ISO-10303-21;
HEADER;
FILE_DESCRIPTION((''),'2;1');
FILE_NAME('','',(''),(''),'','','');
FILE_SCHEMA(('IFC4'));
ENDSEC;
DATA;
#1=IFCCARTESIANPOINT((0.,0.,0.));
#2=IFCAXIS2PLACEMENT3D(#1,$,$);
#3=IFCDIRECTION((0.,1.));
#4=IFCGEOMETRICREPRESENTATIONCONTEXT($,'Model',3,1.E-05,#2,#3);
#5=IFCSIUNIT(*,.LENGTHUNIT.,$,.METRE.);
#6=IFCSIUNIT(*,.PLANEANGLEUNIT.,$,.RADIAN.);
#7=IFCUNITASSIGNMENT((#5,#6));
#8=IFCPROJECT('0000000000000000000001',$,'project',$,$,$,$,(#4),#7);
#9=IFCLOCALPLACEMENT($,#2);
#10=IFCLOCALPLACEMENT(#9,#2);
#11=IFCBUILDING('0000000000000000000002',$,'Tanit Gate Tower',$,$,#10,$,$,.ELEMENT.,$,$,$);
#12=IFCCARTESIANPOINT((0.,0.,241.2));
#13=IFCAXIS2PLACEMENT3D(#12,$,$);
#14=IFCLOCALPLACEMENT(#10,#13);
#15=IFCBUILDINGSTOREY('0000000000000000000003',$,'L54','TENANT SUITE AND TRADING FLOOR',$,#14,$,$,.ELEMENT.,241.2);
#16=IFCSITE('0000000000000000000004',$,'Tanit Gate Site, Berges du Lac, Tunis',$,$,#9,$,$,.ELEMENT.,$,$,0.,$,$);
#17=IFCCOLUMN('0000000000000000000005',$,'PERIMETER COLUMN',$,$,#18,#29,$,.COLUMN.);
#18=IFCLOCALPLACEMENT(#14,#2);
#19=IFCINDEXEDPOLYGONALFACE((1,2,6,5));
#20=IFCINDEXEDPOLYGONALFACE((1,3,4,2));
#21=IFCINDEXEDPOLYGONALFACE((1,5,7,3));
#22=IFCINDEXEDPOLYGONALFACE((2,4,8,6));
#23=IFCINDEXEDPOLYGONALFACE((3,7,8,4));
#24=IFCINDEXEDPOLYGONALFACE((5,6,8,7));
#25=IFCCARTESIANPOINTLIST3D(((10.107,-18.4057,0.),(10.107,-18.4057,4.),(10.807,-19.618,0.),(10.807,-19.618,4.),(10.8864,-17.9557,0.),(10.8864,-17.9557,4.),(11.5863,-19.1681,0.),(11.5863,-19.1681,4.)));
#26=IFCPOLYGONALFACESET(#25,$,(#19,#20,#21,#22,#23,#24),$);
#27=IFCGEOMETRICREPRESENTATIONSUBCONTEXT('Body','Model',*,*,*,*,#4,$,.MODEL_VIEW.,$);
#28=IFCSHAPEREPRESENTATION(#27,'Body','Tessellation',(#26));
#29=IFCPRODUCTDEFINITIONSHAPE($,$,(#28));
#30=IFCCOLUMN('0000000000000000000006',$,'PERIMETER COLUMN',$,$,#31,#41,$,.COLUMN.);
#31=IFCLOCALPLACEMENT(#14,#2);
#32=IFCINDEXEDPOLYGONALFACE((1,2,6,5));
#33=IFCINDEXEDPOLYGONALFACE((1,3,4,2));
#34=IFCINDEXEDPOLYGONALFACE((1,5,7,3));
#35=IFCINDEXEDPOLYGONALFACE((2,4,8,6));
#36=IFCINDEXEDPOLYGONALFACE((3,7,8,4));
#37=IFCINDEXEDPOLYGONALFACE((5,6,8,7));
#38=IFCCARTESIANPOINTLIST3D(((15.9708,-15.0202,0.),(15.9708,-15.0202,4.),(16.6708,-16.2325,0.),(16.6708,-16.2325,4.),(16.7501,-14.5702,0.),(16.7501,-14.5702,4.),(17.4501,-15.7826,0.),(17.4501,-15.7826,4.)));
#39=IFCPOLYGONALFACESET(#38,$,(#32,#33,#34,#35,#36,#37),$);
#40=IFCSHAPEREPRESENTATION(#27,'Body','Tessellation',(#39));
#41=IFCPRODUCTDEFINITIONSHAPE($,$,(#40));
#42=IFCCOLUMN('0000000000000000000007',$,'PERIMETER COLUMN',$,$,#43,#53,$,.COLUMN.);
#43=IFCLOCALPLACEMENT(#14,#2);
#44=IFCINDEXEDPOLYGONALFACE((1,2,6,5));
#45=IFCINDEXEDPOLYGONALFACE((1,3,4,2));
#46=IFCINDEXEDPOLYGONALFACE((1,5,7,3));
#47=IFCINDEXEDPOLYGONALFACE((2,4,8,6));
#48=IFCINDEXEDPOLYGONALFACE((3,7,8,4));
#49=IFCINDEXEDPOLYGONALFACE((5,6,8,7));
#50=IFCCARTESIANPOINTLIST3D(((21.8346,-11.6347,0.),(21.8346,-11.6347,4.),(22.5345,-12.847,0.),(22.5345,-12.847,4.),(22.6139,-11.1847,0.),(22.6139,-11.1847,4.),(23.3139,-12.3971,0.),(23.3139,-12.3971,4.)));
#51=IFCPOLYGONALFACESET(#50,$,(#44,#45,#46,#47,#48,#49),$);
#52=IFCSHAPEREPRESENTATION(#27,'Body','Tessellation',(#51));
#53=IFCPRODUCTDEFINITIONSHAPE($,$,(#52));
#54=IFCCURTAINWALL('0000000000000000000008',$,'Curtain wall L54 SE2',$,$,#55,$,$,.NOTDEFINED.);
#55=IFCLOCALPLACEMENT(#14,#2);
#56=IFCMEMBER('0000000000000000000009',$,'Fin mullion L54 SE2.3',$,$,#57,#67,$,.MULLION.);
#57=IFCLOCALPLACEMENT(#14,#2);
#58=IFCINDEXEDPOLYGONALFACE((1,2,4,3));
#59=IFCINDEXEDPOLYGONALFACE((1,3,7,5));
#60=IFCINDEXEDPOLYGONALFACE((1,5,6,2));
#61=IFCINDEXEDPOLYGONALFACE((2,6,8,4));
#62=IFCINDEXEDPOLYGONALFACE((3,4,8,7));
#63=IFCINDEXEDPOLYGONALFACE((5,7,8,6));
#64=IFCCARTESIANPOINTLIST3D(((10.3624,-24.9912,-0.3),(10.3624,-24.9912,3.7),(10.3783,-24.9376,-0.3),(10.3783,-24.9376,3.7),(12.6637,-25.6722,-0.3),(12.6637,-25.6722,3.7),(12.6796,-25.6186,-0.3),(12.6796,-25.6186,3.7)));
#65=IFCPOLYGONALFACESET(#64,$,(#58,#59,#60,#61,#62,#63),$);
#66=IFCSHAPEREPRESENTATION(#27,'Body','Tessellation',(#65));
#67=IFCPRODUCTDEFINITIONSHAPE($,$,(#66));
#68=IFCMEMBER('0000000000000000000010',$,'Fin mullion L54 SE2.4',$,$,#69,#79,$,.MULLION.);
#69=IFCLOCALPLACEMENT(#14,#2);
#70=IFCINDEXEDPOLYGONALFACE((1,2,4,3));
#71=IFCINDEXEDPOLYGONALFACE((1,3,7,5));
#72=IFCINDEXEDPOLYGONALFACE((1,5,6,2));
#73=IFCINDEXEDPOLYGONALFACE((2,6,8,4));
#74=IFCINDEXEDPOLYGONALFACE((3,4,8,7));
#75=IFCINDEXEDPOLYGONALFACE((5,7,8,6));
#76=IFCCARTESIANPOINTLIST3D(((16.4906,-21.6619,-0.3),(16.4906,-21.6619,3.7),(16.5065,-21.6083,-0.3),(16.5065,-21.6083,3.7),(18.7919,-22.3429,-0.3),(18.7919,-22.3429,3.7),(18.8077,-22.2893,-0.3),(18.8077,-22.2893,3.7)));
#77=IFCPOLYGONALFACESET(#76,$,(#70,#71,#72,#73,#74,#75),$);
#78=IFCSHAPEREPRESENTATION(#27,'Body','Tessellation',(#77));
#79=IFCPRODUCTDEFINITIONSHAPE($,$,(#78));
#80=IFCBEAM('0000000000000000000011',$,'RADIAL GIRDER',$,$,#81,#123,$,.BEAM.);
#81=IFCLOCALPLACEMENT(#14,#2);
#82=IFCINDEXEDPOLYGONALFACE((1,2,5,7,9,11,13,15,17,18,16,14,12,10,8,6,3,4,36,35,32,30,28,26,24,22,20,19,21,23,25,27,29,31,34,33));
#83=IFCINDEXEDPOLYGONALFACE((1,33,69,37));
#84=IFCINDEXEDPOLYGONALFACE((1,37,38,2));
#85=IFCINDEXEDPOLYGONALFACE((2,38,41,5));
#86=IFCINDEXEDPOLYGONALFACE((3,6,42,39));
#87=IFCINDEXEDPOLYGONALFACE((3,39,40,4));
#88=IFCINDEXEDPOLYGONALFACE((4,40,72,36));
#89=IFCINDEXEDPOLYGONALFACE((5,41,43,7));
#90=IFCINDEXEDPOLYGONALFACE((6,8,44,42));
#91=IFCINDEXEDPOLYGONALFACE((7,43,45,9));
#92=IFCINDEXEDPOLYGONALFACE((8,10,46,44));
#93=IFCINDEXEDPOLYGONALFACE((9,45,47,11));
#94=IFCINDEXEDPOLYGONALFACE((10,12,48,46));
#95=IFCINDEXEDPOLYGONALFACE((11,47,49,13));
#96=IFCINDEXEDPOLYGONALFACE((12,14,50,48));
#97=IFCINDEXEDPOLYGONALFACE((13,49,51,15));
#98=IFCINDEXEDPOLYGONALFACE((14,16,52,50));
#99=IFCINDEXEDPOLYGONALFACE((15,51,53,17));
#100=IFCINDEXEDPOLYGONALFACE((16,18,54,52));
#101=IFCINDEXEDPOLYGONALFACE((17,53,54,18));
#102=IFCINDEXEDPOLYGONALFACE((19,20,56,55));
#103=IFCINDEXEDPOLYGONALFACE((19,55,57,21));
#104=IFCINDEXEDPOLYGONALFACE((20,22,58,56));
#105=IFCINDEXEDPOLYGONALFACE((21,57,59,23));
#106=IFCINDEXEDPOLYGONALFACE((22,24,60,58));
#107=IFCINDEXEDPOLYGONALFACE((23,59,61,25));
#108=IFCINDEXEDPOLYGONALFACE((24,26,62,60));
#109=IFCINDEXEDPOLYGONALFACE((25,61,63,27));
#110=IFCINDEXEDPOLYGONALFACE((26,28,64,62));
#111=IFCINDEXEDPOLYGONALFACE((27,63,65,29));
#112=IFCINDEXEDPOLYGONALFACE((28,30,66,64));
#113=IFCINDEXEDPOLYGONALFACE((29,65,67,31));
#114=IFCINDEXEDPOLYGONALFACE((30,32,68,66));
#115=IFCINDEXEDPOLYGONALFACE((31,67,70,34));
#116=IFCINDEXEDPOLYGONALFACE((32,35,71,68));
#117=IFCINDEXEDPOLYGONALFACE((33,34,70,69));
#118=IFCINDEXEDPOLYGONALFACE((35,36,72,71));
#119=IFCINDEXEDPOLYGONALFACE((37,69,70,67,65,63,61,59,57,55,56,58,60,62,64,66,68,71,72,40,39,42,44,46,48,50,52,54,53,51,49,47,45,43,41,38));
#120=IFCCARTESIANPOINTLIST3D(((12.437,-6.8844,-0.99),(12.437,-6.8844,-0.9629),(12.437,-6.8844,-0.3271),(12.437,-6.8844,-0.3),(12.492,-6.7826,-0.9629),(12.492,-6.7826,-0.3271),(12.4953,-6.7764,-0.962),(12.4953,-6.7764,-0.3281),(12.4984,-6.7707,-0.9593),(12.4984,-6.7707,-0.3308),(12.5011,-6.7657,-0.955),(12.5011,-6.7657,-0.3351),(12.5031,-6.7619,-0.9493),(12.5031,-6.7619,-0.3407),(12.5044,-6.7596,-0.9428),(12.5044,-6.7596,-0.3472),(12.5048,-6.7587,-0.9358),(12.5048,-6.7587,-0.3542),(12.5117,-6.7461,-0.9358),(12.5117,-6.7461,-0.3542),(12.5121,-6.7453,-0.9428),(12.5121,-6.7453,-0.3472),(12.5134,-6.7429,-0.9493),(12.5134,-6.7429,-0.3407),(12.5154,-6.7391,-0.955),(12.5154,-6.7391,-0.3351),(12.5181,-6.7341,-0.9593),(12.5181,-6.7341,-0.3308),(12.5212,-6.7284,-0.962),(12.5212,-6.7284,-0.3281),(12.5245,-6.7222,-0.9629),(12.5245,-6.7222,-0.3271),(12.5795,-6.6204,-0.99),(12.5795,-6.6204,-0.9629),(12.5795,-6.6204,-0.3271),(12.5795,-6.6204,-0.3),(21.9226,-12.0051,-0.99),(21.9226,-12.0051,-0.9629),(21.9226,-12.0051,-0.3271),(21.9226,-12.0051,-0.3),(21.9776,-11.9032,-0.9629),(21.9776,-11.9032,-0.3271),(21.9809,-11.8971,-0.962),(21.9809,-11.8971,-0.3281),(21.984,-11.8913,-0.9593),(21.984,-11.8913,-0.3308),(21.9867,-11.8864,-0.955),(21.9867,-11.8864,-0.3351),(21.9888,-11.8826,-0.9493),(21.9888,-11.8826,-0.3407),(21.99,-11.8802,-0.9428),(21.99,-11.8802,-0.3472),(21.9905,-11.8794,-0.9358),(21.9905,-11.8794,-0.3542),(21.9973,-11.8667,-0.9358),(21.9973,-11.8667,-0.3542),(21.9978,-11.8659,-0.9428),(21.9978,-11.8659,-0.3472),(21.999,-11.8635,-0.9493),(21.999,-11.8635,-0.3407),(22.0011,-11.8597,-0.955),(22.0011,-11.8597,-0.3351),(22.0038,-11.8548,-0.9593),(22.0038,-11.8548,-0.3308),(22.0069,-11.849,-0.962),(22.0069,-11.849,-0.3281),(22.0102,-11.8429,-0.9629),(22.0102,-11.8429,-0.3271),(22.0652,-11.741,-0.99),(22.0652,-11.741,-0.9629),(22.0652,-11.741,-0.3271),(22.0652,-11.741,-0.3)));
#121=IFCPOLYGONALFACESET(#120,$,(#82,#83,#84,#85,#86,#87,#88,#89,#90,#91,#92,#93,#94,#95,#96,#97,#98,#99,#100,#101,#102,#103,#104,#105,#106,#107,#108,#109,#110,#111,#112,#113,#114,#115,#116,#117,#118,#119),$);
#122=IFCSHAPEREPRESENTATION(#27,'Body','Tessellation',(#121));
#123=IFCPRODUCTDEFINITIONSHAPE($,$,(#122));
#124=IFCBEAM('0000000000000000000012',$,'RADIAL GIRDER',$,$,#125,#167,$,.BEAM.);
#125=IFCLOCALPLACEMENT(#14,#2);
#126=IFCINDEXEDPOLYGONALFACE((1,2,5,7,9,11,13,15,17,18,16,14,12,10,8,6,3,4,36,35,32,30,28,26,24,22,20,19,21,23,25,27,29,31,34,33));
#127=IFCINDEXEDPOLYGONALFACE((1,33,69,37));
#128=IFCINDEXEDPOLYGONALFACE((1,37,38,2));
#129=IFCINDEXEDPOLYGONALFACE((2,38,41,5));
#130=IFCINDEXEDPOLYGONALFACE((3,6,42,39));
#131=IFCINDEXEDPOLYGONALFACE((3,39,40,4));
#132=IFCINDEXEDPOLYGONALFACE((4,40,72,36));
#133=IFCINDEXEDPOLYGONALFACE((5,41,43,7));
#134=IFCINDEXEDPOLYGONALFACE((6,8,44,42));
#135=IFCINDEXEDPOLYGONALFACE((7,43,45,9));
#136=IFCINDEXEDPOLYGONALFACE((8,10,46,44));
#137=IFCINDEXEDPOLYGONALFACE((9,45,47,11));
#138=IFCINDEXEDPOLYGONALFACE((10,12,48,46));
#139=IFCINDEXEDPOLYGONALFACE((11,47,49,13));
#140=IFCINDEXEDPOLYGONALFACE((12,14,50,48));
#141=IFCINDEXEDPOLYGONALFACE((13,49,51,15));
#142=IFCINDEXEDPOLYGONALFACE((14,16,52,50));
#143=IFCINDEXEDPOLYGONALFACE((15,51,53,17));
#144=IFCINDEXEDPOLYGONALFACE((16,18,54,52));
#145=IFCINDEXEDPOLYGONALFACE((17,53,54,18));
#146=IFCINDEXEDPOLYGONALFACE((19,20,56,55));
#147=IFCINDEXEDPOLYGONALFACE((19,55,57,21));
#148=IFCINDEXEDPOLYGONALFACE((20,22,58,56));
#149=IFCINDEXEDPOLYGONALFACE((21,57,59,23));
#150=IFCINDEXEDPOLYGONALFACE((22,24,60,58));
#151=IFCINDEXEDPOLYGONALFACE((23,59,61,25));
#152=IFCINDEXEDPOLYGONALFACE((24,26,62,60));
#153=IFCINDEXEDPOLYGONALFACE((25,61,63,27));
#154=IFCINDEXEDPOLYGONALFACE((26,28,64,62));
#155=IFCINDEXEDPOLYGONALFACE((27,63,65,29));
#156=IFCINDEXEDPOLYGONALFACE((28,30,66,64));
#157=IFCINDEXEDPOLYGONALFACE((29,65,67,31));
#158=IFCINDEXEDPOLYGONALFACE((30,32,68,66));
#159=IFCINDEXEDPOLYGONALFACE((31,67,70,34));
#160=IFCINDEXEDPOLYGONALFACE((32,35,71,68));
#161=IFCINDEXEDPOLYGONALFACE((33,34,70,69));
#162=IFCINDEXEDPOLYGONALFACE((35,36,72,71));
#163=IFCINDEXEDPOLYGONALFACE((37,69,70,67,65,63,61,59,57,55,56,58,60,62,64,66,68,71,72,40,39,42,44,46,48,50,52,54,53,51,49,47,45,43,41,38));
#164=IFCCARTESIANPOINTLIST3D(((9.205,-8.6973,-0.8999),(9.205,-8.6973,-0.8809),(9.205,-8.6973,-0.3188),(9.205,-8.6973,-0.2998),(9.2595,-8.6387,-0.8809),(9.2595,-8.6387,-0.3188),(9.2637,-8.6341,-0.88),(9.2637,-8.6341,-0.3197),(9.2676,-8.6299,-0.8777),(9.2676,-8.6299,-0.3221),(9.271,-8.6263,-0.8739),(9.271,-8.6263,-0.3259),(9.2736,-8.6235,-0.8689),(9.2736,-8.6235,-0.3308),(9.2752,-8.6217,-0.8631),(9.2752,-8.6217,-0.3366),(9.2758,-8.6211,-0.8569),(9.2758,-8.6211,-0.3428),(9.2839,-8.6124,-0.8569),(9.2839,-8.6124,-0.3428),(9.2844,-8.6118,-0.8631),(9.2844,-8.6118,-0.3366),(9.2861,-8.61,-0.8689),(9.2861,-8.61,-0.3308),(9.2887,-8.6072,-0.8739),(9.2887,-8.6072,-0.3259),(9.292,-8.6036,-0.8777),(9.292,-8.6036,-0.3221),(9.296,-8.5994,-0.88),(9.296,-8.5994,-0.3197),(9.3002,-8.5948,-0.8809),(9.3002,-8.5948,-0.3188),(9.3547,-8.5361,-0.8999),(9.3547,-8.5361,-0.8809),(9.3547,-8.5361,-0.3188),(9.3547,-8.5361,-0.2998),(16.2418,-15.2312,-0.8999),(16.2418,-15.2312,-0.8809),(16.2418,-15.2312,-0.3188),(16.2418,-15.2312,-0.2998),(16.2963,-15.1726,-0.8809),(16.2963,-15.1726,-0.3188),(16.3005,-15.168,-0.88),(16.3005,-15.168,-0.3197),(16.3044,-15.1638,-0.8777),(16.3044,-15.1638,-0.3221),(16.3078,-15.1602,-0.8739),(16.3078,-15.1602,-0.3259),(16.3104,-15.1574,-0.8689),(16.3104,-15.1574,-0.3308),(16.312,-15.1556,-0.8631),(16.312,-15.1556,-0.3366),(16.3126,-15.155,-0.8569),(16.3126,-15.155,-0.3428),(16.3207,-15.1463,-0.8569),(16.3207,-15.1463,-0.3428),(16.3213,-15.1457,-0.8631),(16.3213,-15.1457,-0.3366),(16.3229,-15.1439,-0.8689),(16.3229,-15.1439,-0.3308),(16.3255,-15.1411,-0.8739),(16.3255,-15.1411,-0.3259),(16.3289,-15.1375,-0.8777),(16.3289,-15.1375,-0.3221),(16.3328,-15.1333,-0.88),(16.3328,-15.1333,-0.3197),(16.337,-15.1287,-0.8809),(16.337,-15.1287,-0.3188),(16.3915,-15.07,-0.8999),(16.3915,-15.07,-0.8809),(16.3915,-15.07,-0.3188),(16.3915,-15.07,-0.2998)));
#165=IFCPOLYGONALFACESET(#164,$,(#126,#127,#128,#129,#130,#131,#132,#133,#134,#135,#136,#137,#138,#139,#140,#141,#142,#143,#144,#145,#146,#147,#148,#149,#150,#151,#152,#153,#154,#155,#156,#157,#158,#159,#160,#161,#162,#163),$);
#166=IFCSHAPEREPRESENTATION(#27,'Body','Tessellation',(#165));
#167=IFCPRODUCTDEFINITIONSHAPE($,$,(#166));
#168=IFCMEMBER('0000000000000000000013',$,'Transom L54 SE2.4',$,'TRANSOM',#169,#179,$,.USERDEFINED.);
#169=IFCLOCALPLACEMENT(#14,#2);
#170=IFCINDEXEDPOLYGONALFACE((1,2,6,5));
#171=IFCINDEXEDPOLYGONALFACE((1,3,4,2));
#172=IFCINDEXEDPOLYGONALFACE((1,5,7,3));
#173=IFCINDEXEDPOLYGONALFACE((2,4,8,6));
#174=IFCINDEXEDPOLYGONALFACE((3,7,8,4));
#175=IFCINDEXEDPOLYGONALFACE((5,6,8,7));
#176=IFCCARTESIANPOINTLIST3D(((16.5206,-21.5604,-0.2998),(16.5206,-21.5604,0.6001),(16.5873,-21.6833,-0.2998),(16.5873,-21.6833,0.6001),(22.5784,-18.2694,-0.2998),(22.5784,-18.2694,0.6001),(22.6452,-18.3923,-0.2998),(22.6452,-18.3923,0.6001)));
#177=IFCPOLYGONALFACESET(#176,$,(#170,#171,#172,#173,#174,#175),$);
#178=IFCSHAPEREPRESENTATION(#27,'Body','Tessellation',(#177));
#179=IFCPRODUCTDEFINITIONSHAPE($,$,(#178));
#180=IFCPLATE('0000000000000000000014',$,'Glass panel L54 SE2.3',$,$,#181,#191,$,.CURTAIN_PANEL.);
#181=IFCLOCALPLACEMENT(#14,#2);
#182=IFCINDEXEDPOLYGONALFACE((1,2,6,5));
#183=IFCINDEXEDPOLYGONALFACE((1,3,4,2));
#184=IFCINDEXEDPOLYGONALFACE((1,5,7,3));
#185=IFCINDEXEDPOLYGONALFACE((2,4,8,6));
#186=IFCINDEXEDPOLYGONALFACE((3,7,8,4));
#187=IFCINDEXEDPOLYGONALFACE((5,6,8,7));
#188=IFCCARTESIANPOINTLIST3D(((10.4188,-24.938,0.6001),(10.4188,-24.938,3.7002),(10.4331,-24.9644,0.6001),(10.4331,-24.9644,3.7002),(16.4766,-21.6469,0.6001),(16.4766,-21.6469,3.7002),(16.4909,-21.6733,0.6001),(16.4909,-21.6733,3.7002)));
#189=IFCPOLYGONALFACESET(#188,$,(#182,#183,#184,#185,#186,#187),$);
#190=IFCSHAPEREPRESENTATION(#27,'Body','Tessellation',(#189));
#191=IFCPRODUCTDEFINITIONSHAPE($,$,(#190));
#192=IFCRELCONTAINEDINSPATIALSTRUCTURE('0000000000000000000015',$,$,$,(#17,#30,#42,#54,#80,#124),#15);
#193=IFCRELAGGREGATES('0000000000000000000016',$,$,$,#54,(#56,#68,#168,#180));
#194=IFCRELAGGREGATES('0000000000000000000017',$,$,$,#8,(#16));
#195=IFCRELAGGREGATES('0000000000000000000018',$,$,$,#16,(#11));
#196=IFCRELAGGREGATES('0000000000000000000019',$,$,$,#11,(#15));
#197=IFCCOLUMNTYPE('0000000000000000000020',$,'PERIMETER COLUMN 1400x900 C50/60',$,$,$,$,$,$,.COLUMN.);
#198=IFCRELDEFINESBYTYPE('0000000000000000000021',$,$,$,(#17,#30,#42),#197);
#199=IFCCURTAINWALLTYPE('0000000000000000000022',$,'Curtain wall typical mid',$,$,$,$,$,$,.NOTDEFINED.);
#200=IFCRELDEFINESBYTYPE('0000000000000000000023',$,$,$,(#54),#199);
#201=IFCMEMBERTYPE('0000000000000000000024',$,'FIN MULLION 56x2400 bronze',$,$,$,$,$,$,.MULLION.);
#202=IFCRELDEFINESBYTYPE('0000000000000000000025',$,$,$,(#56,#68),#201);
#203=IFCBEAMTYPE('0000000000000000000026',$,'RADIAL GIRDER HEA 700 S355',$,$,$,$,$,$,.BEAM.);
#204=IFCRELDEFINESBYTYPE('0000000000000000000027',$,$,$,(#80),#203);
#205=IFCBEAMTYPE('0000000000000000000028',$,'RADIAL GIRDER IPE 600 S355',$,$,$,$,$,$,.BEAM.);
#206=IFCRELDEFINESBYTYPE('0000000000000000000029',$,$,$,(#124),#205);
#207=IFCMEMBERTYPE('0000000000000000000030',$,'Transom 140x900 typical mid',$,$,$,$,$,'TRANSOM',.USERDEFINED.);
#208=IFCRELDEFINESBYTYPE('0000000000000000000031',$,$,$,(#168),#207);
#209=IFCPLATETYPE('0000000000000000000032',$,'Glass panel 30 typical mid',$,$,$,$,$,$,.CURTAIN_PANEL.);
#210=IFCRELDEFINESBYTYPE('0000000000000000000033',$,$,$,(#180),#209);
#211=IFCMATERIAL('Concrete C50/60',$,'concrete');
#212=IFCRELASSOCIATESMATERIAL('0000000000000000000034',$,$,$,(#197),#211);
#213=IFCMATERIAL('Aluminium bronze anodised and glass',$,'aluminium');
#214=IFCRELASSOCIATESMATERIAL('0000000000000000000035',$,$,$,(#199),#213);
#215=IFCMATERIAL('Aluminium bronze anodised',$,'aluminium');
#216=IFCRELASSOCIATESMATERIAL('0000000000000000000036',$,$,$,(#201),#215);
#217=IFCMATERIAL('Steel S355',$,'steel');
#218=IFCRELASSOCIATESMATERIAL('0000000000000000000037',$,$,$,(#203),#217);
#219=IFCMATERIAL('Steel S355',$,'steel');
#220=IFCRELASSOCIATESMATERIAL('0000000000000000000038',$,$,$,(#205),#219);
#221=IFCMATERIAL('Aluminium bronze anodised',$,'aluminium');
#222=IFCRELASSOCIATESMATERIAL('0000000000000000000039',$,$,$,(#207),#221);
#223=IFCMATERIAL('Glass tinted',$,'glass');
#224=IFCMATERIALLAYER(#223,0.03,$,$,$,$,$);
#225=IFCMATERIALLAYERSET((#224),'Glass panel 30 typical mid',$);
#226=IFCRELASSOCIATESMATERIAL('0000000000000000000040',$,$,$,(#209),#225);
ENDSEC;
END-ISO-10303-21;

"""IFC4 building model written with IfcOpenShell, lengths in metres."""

from ifc_helpers import new_model, si_unit, direction, frame, origin, origin_2d, place, context, subcontext, project, spatial, rectangle, i_section, extrude, material, layer, layer_set, material_profile, profile_set, type_object, element, aggregate, save


model = new_model("IFC4")

# Units and contexts
model_context = context("Model", 3, precision=1e-05, world=origin(), true_north=direction((0.0, 1.0)))
body_context = subcontext(model_context, "Body", "Model", "MODEL_VIEW")
ifc_project = project(units=[si_unit("LENGTHUNIT", "METRE"), si_unit("PLANEANGLEUNIT", "RADIAN")], contexts=[model_context])

# Site, building, storey
site_placement = place(None, origin())
site = spatial("IfcSite", under=ifc_project, at=site_placement, Name="Tanit Gate Site, Berges du Lac, Tunis", CompositionType="ELEMENT", RefElevation=0.0)
building_placement = place(site_placement, origin())
building = spatial("IfcBuilding", under=site, at=building_placement, Name="Tanit Gate Tower", CompositionType="ELEMENT")
storey_placement = place(building_placement, frame((0.0, 0.0, 241.2)))
storey = spatial("IfcBuildingStorey", under=building, at=storey_placement, Name="L54", Description="TENANT SUITE AND TRADING FLOOR", CompositionType="ELEMENT", Elevation=241.2)

# Columns
ifc_material_1 = material(Name="Concrete C50/60", Category="concrete")
ifc_material_profile_1 = material_profile(ifc_material_1, rectangle(XDim=1.3999, YDim=0.8999, at=origin_2d()), Name="RC 1400x900")
ifc_profile_set_1 = profile_set([ifc_material_profile_1], Name="Concrete C50/60")
column_type = type_object("IfcColumnType", Name="PERIMETER COLUMN 1400x900 C50/60", PredefinedType="COLUMN", material=ifc_profile_set_1)
for number, where, z_axis, x_axis, name in (
    (1, (10.8467, -18.7869, 0.0), (0.0, 0.0, 1.0), (0.5, -0.866025, 0.0), "PERIMETER COLUMN"),
    (2, (16.7104, -15.4014, 0.0), (0.0, 0.0, 1.0), (0.5, -0.866025, 0.0), "PERIMETER COLUMN"),
    (3, (22.5742, -12.0159, 0.0), (0.0, 0.0, 1.0), (0.5, -0.866025, 0.0), "PERIMETER COLUMN"),
):
    element("IfcColumn", number, at=place(storey_placement, frame(where, z_axis=z_axis, x_axis=x_axis)), inside=storey, type_object=column_type, Name=name, PredefinedType="COLUMN", context=body_context, shape_type="SweptSolid", body=[
        extrude(rectangle(XDim=1.3999, YDim=0.8999, at=origin_2d()), origin(), (0.0, 0.0, 1.0), 4.0),
    ])

# Curtain wall, members
ifc_material_2 = material(Name="Aluminium bronze anodised and glass", Category="aluminium")
curtain_wall_type = type_object("IfcCurtainWallType", Name="Curtain wall typical mid", PredefinedType="NOTDEFINED", material=ifc_material_2)
curtain_wall_placement = place(storey_placement, origin())
curtain_wall = element("IfcCurtainWall", 4, at=curtain_wall_placement, inside=storey, type_object=curtain_wall_type, Name="Curtain wall L54 SE2", PredefinedType="NOTDEFINED")
ifc_material_3 = material(Name="Aluminium bronze anodised", Category="aluminium")
ifc_material_profile_2 = material_profile(ifc_material_3, rectangle(XDim=2.3999, YDim=0.0559, at=origin_2d()), Name="56x2400 bronze fin mullion")
ifc_profile_set_2 = profile_set([ifc_material_profile_2], Name="Aluminium bronze anodised")
member_type_1 = type_object("IfcMemberType", Name="FIN MULLION 56x2400 bronze", PredefinedType="MULLION", material=ifc_profile_set_2)
member_1_placement = place(storey_placement, frame((11.521, -25.3049, -0.3), z_axis=(0.0, 0.0, 1.0), x_axis=(-0.958892, 0.283773, 0.0)))
member_1 = element("IfcMember", 5, at=member_1_placement, type_object=member_type_1, Name="Fin mullion L54 SE2.3", PredefinedType="MULLION", context=body_context, shape_type="SweptSolid", body=[
    extrude(rectangle(XDim=2.3999, YDim=0.0559, at=origin_2d()), origin(), (0.0, 0.0, 1.0), 4.0),
])
member_2_placement = place(storey_placement, frame((17.6492, -21.9756, -0.3), z_axis=(0.0, 0.0, 1.0), x_axis=(-0.958892, 0.283773, 0.0)))
member_2 = element("IfcMember", 6, at=member_2_placement, type_object=member_type_1, Name="Fin mullion L54 SE2.4", PredefinedType="MULLION", context=body_context, shape_type="SweptSolid", body=[
    extrude(rectangle(XDim=2.3999, YDim=0.0559, at=origin_2d()), origin(), (0.0, 0.0, 1.0), 4.0),
])

# Beams
ifc_material_4 = material(Name="Steel S355", Category="steel")
ifc_material_profile_3 = material_profile(ifc_material_4, i_section(OverallWidth=0.3, OverallDepth=0.6899, WebThickness=0.0144, FlangeThickness=0.0271, FilletRadius=0.0271, at=origin_2d()), Name="HEA 700")
ifc_profile_set_3 = profile_set([ifc_material_profile_3], Name="Steel S355")
beam_type_1 = type_object("IfcBeamType", Name="RADIAL GIRDER HEA 700 S355", PredefinedType="BEAM", material=ifc_profile_set_3)
beam_1_placement = place(storey_placement, frame((21.9939, -11.873, -0.645), z_axis=(-0.879968, 0.475033, 0.0), x_axis=(-0.475033, -0.879968, 0.0)))
element("IfcBeam", 7, at=beam_1_placement, inside=storey, type_object=beam_type_1, Name="RADIAL GIRDER", PredefinedType="BEAM", context=body_context, shape_type="SweptSolid", body=[
    extrude(i_section(OverallWidth=0.3, OverallDepth=0.6899, WebThickness=0.0144, FlangeThickness=0.0271, FilletRadius=0.0271, at=origin_2d()), origin(), (0.0, 0.0, 1.0), 10.7795),
])
ifc_material_5 = material(Name="Steel S355", Category="steel")
ifc_material_profile_4 = material_profile(ifc_material_5, i_section(OverallWidth=0.22, OverallDepth=0.6001, WebThickness=0.012, FlangeThickness=0.019, FilletRadius=0.0239, at=origin_2d()), Name="IPE 600")
ifc_profile_set_4 = profile_set([ifc_material_profile_4], Name="Steel S355")
beam_type_2 = type_object("IfcBeamType", Name="RADIAL GIRDER IPE 600 S355", PredefinedType="BEAM", material=ifc_profile_set_4)
beam_2_placement = place(storey_placement, frame((16.3167, -15.1506, -0.5999), z_axis=(-0.732809, 0.680435, 0.0), x_axis=(-0.680435, -0.732809, 0.0)))
element("IfcBeam", 8, at=beam_2_placement, inside=storey, type_object=beam_type_2, Name="RADIAL GIRDER", PredefinedType="BEAM", context=body_context, shape_type="SweptSolid", body=[
    extrude(i_section(OverallWidth=0.22, OverallDepth=0.6001, WebThickness=0.012, FlangeThickness=0.019, FilletRadius=0.0239, at=origin_2d()), origin(), (0.0, 0.0, 1.0), 9.6025),
])

# Member
ifc_material_6 = material(Name="Aluminium bronze anodised", Category="aluminium")
ifc_material_profile_5 = material_profile(ifc_material_6, rectangle(XDim=0.1399, YDim=0.8999, at=origin_2d()), Name="140x900 bronze transom")
ifc_profile_set_5 = profile_set([ifc_material_profile_5], Name="Aluminium bronze anodised")
member_type_2 = type_object("IfcMemberType", Name="Transom 140x900 typical mid", ElementType="TRANSOM", PredefinedType="USERDEFINED", material=ifc_profile_set_5)
member_3_placement = place(storey_placement, frame((16.554, -21.6218, 0.1501), z_axis=(0.878704, 0.477368, 0.0), x_axis=(-0.477368, 0.878704, 0.0)))
member_3 = element("IfcMember", 9, at=member_3_placement, type_object=member_type_2, Name="Transom L54 SE2.4", ObjectType="TRANSOM", PredefinedType="USERDEFINED", context=body_context, shape_type="SweptSolid", body=[
    extrude(rectangle(XDim=0.1399, YDim=0.8999, at=origin_2d()), origin(), (0.0, 0.0, 1.0), 6.894),
])

# Plate
ifc_material_7 = material(Name="Glass tinted", Category="glass")
ifc_layer_1 = layer(ifc_material_7, 0.03)
ifc_layer_set_1 = layer_set([ifc_layer_1], Name="Glass panel 30 typical mid")
plate_type = type_object("IfcPlateType", Name="Glass panel 30 typical mid", PredefinedType="CURTAIN_PANEL", material=ifc_layer_set_1)
plate_1_placement = place(storey_placement, frame((13.4548, -23.3057, 0.6001), z_axis=(0.0, 0.0, 1.0), x_axis=(0.878696, 0.477381, 0.0)))
plate_1 = element("IfcPlate", 10, at=plate_1_placement, type_object=plate_type, Name="Glass panel L54 SE2.3", PredefinedType="CURTAIN_PANEL", context=body_context, shape_type="SweptSolid", body=[
    extrude(rectangle(XDim=6.894, YDim=0.03, at=origin_2d()), origin(), (0.0, 0.0, 1.0), 3.1001),
])
aggregate(curtain_wall, [member_1, member_2, member_3, plate_1])

save(model, "model.ifc")
